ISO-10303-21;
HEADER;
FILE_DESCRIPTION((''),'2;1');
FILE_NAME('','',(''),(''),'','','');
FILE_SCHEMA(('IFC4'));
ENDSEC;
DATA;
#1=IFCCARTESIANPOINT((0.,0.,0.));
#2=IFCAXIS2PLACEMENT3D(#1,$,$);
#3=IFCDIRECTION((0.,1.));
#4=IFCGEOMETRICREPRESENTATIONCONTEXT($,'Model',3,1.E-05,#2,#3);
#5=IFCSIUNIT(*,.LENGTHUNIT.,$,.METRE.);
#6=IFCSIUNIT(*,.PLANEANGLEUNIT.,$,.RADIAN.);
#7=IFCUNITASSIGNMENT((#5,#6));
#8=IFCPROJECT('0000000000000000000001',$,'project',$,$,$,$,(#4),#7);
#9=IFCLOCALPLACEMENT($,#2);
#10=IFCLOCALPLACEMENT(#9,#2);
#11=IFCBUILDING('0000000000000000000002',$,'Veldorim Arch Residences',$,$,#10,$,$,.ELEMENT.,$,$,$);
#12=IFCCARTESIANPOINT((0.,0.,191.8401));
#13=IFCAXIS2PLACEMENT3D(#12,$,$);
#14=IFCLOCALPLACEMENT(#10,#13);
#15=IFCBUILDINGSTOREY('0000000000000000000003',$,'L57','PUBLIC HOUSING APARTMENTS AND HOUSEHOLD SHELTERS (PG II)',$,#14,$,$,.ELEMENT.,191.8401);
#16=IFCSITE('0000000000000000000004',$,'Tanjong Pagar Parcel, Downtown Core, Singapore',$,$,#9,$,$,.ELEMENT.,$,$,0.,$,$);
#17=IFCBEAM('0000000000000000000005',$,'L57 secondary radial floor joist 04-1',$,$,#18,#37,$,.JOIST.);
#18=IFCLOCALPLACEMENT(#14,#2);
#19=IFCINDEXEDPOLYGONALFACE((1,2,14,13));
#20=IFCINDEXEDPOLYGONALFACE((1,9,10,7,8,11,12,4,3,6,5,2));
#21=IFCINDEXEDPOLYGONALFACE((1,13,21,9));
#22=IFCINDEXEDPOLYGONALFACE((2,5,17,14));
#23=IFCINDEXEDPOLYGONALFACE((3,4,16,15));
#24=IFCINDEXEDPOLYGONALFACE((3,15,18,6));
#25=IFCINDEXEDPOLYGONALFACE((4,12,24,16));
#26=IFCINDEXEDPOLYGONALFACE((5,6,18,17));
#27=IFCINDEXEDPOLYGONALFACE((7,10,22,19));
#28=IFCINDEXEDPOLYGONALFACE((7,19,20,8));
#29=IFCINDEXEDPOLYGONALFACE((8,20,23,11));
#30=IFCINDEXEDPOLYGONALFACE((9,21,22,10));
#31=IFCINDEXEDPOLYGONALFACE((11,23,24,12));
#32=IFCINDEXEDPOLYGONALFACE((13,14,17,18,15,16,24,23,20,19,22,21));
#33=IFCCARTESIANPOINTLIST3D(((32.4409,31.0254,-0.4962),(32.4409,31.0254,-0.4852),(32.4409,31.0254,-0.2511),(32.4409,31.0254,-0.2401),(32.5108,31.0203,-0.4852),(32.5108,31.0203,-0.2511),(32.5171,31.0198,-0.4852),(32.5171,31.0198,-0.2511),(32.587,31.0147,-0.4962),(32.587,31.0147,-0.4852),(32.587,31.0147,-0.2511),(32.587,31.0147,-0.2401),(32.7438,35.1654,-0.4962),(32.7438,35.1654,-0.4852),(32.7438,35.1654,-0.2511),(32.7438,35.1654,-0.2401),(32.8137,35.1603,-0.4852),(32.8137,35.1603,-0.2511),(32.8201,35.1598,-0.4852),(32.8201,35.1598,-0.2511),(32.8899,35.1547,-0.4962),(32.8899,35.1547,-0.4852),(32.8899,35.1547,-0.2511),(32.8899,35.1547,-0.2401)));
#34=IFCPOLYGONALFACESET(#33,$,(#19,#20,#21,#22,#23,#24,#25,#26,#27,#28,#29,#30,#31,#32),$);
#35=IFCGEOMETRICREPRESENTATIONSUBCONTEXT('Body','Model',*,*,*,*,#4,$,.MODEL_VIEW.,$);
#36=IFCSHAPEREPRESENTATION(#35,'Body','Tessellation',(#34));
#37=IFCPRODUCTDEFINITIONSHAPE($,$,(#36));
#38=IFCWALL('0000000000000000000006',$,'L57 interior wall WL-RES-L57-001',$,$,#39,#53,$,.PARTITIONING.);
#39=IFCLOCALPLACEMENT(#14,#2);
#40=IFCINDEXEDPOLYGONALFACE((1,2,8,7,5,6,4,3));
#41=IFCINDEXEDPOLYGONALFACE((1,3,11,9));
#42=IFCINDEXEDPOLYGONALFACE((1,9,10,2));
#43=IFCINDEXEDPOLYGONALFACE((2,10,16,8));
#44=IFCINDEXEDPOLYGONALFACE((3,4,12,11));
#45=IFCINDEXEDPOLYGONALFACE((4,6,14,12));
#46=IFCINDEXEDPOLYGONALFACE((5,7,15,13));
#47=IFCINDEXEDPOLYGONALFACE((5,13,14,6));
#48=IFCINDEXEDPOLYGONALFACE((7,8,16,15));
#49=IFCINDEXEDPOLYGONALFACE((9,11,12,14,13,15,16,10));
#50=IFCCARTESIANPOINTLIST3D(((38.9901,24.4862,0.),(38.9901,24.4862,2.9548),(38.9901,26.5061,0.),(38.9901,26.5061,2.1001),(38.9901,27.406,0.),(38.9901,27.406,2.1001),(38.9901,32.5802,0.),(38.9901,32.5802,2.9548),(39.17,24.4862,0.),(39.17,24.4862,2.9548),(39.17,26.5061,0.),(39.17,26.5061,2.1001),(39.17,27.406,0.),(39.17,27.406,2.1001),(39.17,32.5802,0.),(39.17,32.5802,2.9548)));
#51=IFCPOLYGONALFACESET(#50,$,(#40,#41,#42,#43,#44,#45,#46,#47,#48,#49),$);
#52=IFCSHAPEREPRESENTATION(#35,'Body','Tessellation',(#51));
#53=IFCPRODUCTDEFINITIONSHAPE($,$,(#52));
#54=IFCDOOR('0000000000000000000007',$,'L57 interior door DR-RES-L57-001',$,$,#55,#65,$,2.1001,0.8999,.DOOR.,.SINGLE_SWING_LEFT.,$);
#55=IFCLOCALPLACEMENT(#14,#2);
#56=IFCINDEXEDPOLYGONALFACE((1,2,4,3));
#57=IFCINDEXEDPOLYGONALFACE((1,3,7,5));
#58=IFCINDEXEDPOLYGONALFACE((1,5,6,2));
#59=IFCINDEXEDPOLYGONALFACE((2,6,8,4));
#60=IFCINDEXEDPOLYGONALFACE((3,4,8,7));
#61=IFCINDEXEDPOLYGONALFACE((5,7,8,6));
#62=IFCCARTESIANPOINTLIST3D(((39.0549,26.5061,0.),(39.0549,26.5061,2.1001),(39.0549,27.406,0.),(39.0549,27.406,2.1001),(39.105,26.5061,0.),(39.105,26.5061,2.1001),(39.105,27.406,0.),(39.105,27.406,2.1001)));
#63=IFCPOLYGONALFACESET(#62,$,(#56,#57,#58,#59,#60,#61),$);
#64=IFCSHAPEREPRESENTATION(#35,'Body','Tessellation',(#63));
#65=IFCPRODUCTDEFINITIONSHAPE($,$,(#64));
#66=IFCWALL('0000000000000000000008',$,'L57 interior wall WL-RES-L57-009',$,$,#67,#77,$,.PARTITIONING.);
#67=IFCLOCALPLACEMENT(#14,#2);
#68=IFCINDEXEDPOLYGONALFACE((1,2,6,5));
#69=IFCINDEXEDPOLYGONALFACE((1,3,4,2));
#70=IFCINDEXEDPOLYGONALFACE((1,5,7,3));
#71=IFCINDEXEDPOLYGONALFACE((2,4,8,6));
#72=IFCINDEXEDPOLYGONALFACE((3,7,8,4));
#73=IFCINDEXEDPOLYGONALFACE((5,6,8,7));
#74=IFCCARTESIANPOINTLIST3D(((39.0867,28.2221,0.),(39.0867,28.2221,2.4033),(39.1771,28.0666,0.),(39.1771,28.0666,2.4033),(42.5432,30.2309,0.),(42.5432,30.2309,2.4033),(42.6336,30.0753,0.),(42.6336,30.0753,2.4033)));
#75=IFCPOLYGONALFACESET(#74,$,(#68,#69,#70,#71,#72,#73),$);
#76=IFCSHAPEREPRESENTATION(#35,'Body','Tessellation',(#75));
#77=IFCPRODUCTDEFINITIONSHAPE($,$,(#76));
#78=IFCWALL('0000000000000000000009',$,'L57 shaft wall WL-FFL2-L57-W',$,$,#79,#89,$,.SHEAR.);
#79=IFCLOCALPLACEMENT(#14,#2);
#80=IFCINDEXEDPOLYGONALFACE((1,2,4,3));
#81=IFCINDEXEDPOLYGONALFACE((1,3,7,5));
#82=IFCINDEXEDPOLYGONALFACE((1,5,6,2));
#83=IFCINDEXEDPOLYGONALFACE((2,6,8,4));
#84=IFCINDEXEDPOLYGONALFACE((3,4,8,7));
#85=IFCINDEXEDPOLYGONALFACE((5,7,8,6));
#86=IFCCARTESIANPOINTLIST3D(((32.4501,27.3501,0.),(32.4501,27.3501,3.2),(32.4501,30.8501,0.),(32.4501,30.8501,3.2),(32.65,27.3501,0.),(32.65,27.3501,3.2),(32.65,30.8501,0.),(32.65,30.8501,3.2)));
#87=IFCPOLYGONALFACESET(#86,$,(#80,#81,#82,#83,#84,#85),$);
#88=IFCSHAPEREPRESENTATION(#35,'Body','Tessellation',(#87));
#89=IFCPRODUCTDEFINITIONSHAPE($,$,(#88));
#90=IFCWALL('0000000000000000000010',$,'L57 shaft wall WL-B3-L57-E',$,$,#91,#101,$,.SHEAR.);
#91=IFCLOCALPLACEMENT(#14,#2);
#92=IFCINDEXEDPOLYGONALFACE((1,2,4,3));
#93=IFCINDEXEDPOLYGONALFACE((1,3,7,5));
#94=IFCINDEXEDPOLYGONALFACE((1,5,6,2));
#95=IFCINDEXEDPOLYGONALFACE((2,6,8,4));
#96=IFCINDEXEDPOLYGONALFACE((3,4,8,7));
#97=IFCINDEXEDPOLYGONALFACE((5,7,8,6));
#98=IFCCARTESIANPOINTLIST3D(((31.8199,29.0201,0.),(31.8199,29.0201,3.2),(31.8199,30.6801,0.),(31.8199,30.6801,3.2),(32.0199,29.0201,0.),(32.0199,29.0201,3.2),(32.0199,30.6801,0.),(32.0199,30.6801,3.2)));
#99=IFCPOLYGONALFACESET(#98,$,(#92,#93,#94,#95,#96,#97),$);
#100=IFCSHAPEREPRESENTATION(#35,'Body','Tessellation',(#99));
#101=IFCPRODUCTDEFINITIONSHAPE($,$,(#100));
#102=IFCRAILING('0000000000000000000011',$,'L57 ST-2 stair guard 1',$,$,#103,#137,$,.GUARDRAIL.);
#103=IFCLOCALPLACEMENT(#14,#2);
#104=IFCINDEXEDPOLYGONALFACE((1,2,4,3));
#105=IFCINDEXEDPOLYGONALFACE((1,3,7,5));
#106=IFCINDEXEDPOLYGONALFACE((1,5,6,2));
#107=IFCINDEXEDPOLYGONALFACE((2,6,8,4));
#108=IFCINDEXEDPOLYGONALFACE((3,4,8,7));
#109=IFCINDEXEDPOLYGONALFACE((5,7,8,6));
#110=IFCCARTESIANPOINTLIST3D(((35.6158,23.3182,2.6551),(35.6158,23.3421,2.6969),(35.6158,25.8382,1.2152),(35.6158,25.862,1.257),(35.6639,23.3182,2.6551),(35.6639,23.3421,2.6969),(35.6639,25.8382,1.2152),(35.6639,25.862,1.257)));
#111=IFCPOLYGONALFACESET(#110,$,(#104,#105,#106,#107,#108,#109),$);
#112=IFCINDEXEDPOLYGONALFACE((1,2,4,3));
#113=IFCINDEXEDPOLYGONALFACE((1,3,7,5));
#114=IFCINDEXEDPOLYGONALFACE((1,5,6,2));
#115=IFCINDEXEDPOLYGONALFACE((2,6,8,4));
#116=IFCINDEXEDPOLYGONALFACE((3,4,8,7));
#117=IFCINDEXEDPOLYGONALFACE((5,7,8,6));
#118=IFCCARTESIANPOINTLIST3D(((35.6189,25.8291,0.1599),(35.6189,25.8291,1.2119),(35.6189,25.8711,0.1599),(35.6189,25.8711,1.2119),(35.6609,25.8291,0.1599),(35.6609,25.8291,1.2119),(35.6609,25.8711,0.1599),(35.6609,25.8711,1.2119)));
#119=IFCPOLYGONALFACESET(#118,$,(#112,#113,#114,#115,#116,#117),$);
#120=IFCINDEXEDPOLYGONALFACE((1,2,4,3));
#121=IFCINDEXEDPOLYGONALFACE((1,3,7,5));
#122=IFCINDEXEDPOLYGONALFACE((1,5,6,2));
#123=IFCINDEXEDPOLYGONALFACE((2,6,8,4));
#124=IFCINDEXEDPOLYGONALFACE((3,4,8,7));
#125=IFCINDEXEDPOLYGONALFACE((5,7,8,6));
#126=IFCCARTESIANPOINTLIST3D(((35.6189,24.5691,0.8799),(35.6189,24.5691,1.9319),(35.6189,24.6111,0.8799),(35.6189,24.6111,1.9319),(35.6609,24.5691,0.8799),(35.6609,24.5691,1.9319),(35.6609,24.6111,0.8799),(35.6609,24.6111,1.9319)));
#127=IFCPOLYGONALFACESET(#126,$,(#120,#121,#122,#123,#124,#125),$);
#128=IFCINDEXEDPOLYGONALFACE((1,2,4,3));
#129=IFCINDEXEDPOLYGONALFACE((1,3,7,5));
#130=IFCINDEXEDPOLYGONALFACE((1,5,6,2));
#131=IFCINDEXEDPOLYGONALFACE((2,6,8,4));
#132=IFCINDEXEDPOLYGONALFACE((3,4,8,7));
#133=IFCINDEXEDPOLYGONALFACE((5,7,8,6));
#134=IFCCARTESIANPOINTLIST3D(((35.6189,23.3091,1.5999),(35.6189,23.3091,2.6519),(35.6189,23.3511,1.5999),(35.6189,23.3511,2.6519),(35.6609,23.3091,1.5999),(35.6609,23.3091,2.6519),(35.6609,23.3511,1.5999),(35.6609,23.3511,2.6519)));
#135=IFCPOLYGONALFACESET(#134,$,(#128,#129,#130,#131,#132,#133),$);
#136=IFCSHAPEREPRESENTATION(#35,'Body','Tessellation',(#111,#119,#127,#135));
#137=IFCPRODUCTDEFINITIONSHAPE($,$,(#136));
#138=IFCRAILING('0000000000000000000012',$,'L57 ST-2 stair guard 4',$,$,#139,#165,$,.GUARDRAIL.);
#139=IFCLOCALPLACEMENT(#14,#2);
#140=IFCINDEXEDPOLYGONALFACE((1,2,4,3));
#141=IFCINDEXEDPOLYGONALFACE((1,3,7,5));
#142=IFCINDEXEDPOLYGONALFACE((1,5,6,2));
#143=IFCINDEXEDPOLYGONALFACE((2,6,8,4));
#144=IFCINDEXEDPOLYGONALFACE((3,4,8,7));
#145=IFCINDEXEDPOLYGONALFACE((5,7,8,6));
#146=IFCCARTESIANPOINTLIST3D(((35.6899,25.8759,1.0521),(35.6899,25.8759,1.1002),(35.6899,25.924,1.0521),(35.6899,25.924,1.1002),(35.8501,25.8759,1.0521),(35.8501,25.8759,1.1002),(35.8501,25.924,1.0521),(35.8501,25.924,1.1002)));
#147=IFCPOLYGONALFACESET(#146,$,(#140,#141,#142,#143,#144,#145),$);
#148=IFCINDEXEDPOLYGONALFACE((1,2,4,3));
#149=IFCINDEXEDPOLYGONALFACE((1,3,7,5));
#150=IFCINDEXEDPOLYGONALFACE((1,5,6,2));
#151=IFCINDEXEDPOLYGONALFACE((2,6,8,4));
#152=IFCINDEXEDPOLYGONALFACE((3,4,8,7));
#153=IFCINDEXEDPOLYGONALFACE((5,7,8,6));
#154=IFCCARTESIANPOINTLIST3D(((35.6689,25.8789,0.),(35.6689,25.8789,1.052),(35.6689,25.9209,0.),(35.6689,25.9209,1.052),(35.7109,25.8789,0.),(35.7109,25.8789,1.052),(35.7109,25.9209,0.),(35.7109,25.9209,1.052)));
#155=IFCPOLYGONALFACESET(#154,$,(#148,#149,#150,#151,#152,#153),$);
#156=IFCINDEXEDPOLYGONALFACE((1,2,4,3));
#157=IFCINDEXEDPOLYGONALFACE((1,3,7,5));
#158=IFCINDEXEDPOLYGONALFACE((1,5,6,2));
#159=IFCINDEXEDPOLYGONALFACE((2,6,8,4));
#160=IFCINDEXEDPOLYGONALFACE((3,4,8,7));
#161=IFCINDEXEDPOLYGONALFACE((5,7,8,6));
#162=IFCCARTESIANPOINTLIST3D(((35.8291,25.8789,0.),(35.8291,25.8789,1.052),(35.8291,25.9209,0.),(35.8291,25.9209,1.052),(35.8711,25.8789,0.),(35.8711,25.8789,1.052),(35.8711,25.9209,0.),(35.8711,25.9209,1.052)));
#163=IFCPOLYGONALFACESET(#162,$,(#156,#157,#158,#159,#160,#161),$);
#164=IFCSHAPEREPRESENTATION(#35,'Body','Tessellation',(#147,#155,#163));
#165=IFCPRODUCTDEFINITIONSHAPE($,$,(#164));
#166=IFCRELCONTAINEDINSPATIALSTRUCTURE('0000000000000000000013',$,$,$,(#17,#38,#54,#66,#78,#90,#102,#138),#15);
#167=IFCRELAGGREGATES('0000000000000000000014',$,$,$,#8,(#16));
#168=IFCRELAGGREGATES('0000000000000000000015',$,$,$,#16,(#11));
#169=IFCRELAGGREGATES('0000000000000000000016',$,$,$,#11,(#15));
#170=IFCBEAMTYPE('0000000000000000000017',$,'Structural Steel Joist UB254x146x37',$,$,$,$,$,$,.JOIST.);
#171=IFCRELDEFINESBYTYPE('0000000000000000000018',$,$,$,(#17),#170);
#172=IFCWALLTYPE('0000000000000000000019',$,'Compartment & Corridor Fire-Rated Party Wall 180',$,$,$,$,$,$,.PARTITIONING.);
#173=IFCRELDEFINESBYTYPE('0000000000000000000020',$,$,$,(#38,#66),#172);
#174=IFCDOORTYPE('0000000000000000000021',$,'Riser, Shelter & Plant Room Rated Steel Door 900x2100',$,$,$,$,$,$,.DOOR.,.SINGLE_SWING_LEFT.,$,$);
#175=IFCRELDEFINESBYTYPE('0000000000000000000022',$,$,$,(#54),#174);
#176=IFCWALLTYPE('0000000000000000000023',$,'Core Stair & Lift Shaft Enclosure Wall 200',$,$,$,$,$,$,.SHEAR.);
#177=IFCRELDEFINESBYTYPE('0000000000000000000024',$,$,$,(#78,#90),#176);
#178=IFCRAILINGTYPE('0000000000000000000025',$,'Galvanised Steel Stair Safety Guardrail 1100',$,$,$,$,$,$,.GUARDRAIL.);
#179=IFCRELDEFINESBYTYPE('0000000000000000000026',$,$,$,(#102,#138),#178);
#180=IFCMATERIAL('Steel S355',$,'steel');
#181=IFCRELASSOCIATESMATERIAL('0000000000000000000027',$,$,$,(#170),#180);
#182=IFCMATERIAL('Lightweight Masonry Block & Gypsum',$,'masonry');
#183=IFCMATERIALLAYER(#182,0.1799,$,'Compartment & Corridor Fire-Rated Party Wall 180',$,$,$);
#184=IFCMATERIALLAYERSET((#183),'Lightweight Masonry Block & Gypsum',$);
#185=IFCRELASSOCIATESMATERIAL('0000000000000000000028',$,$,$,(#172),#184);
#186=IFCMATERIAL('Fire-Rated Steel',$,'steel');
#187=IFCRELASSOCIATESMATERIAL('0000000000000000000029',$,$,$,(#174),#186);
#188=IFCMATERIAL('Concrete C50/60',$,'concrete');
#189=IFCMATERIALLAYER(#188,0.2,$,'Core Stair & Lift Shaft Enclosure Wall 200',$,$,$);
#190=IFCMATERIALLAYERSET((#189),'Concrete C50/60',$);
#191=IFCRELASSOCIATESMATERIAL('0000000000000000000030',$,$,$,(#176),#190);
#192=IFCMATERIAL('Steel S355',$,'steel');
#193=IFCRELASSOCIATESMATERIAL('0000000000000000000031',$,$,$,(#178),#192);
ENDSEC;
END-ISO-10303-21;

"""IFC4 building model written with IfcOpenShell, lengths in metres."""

from ifc_helpers import new_model, si_unit, direction, frame, frame_2d, origin, origin_2d, place, context, subcontext, project, spatial, rectangle, i_section, extrude, material, layer, layer_set, material_profile, profile_set, type_object, element, fill, save


model = new_model("IFC4")

# Units and contexts
model_context = context("Model", 3, precision=1e-05, world=origin(), true_north=direction((0.0, 1.0)))
body_context = subcontext(model_context, "Body", "Model", "MODEL_VIEW")
ifc_project = project(units=[si_unit("LENGTHUNIT", "METRE"), si_unit("PLANEANGLEUNIT", "RADIAN")], contexts=[model_context])

# Site, building, storey
site_placement = place(None, origin())
site = spatial("IfcSite", under=ifc_project, at=site_placement, Name="Tanjong Pagar Parcel, Downtown Core, Singapore", CompositionType="ELEMENT", RefElevation=0.0)
building_placement = place(site_placement, origin())
building = spatial("IfcBuilding", under=site, at=building_placement, Name="Veldorim Arch Residences", CompositionType="ELEMENT")
storey_placement = place(building_placement, frame((0.0, 0.0, 191.8401)))
storey = spatial("IfcBuildingStorey", under=building, at=storey_placement, Name="L57", Description="PUBLIC HOUSING APARTMENTS AND HOUSEHOLD SHELTERS (PG II)", CompositionType="ELEMENT", Elevation=191.8401)

# Beam
ifc_material_1 = material(Name="Steel S355", Category="steel")
ifc_material_profile_1 = material_profile(ifc_material_1, i_section(OverallWidth=0.1465, OverallDepth=0.2561, WebThickness=0.0063, FlangeThickness=0.011, at=origin_2d()), Name="UB254x146x37")
ifc_profile_set_1 = profile_set([ifc_material_profile_1], Name="Steel S355")
beam_type_1 = type_object("IfcBeamType", Name="Structural Steel Joist UB254x146x37", PredefinedType="JOIST", material=ifc_profile_set_1)
beam_1_placement = place(storey_placement, frame((32.5139, 31.02, -0.3682), z_axis=(0.072986, 0.997333, 0.0), x_axis=(-0.997333, 0.072986, 0.0)))
element("IfcBeam", 1, at=beam_1_placement, inside=storey, type_object=beam_type_1, Name="L57 secondary radial floor joist 04-1", PredefinedType="JOIST", context=body_context, shape_type="SweptSolid", body=[
    extrude(i_section(OverallWidth=0.1465, OverallDepth=0.2561, WebThickness=0.0063, FlangeThickness=0.011, at=origin_2d()), origin(), (0.0, 0.0, 1.0), 4.1511),
])

# Wall, opening, door
ifc_material_2 = material(Name="Lightweight Masonry Block & Gypsum", Category="masonry")
ifc_layer_1 = layer(ifc_material_2, 0.1799, Name="Compartment & Corridor Fire-Rated Party Wall 180")
ifc_layer_set_1 = layer_set([ifc_layer_1], Name="Lightweight Masonry Block & Gypsum")
wall_type_1 = type_object("IfcWallType", Name="Compartment & Corridor Fire-Rated Party Wall 180", PredefinedType="PARTITIONING", material=ifc_layer_set_1)
wall_1_placement = place(storey_placement, frame((39.0801, 32.5801, 0.0), z_axis=(0.0, 0.0, 1.0), x_axis=(0.0, -1.0, 0.0)))
wall_1 = element("IfcWall", 2, at=wall_1_placement, inside=storey, type_object=wall_type_1, Name="L57 interior wall WL-RES-L57-001", PredefinedType="PARTITIONING", context=body_context, shape_type="SweptSolid", body=[
    extrude(rectangle(XDim=8.094, YDim=0.1799, at=frame_2d((4.0469, 0.0))), origin(), (0.0, 0.0, 1.0), 2.9548),
])
opening_1_placement = place(wall_1_placement, frame((5.1741, 0.0, 0.0)))
opening_1 = element("IfcOpeningElement", 3, at=opening_1_placement, cuts=wall_1, PredefinedType="OPENING", context=body_context, shape_type="SweptSolid", body=[
    extrude(rectangle(XDim=0.8999, YDim=2.1001, at=frame_2d((0.45, 1.05))), frame((0.0, 0.0999, 0.0), z_axis=(0.0, -1.0, 0.0), x_axis=(1.0, 0.0, 0.0)), (0.0, 0.0, 1.0), 0.2),
])
ifc_material_3 = material(Name="Fire-Rated Steel", Category="steel")
door_type_1 = type_object("IfcDoorType", Name="Riser, Shelter & Plant Room Rated Steel Door 900x2100", OperationType="SINGLE_SWING_LEFT", PredefinedType="DOOR", material=ifc_material_3)
door_1_placement = place(opening_1_placement, origin())
door_1 = element("IfcDoor", 4, at=door_1_placement, inside=storey, type_object=door_type_1, Name="L57 interior door DR-RES-L57-001", OperationType="SINGLE_SWING_LEFT", OverallHeight=2.1001, OverallWidth=0.8999, PredefinedType="DOOR", context=body_context, shape_type="SweptSolid", body=[
    extrude(rectangle(XDim=0.8999, YDim=2.1001, at=frame_2d((0.45, 1.05))), frame((0.0, 0.0249, 0.0), z_axis=(0.0, -1.0, 0.0), x_axis=(1.0, 0.0, 0.0)), (0.0, 0.0, 1.0), 0.05),
])
fill(opening_1, door_1)

# Wall
wall_2_placement = place(storey_placement, frame((39.1318, 28.1443, 0.0), z_axis=(0.0, 0.0, 1.0), x_axis=(0.864597, 0.502465, 0.0)))
element("IfcWall", 5, at=wall_2_placement, inside=storey, type_object=wall_type_1, Name="L57 interior wall WL-RES-L57-009", PredefinedType="PARTITIONING", context=body_context, shape_type="SweptSolid", body=[
    extrude(rectangle(XDim=3.9978, YDim=0.1799, at=frame_2d((1.999, 0.0))), origin(), (0.0, 0.0, 1.0), 2.4033),
])

# Shared definitions
ifc_material_4 = material(Name="Concrete C50/60", Category="concrete")
ifc_layer_2 = layer(ifc_material_4, 0.2, Name="Core Stair & Lift Shaft Enclosure Wall 200")
ifc_layer_set_2 = layer_set([ifc_layer_2], Name="Concrete C50/60")
wall_type_2 = type_object("IfcWallType", Name="Core Stair & Lift Shaft Enclosure Wall 200", PredefinedType="SHEAR", material=ifc_layer_set_2)

# Wall
wall_3_placement = place(storey_placement, frame((32.55, 27.3501, 0.0), z_axis=(0.0, 0.0, 1.0), x_axis=(0.0, 1.0, 0.0)))
element("IfcWall", 6, at=wall_3_placement, inside=storey, type_object=wall_type_2, Name="L57 shaft wall WL-FFL2-L57-W", PredefinedType="SHEAR", context=body_context, shape_type="SweptSolid", body=[
    extrude(rectangle(XDim=3.5, YDim=0.2, at=frame_2d((1.75, 0.0))), origin(), (0.0, 0.0, 1.0), 3.2),
])

# Wall
wall_4_placement = place(storey_placement, frame((31.9199, 29.02, 0.0), z_axis=(0.0, 0.0, 1.0), x_axis=(0.0, 1.0, 0.0)))
element("IfcWall", 7, at=wall_4_placement, inside=storey, type_object=wall_type_2, Name="L57 shaft wall WL-B3-L57-E", PredefinedType="SHEAR", context=body_context, shape_type="SweptSolid", body=[
    extrude(rectangle(XDim=1.6599, YDim=0.2, at=frame_2d((0.8301, 0.0))), origin(), (0.0, 0.0, 1.0), 3.2),
])

# Railings
ifc_material_5 = material(Name="Steel S355", Category="steel")
railing_type = type_object("IfcRailingType", Name="Galvanised Steel Stair Safety Guardrail 1100", PredefinedType="GUARDRAIL", material=ifc_material_5)
railing_1_placement = place(storey_placement, frame((35.6399, 25.8501, 0.1599)))
element("IfcRailing", 8, at=railing_1_placement, inside=storey, type_object=railing_type, Name="L57 ST-2 stair guard 1", PredefinedType="GUARDRAIL", context=body_context, shape_type="SweptSolid", body=[
    extrude(rectangle(XDim=0.0481, YDim=0.0481, at=origin_2d()), frame((0.0, 0.0, 1.0762), z_axis=(0.0, -0.868253, 0.496121), x_axis=(1.0, 0.0, 0.0)), (0.0, 0.0, 1.0), 2.9023),
    extrude(rectangle(XDim=0.042, YDim=0.042, at=origin_2d()), origin(), (0.0, 0.0, 1.0), 1.052),
    extrude(rectangle(XDim=0.042, YDim=0.042, at=origin_2d()), frame((0.0, -1.26, 0.72)), (0.0, 0.0, 1.0), 1.052),
    extrude(rectangle(XDim=0.042, YDim=0.042, at=origin_2d()), frame((0.0, -2.52, 1.4399)), (0.0, 0.0, 1.0), 1.052),
])
railing_2_placement = place(storey_placement, frame((35.6899, 25.8999, 0.0)))
element("IfcRailing", 9, at=railing_2_placement, inside=storey, type_object=railing_type, Name="L57 ST-2 stair guard 4", PredefinedType="GUARDRAIL", context=body_context, shape_type="SweptSolid", body=[
    extrude(rectangle(XDim=0.0481, YDim=0.0481, at=origin_2d()), frame((0.0, 0.0, 1.0762), z_axis=(1.0, 0.0, 0.0), x_axis=(0.0, 1.0, 0.0)), (0.0, 0.0, 1.0), 0.1602),
    extrude(rectangle(XDim=0.042, YDim=0.042, at=origin_2d()), origin(), (0.0, 0.0, 1.0), 1.052),
    extrude(rectangle(XDim=0.042, YDim=0.042, at=origin_2d()), frame((0.1602, 0.0, 0.0)), (0.0, 0.0, 1.0), 1.052),
])

save(model, "model.ifc")
